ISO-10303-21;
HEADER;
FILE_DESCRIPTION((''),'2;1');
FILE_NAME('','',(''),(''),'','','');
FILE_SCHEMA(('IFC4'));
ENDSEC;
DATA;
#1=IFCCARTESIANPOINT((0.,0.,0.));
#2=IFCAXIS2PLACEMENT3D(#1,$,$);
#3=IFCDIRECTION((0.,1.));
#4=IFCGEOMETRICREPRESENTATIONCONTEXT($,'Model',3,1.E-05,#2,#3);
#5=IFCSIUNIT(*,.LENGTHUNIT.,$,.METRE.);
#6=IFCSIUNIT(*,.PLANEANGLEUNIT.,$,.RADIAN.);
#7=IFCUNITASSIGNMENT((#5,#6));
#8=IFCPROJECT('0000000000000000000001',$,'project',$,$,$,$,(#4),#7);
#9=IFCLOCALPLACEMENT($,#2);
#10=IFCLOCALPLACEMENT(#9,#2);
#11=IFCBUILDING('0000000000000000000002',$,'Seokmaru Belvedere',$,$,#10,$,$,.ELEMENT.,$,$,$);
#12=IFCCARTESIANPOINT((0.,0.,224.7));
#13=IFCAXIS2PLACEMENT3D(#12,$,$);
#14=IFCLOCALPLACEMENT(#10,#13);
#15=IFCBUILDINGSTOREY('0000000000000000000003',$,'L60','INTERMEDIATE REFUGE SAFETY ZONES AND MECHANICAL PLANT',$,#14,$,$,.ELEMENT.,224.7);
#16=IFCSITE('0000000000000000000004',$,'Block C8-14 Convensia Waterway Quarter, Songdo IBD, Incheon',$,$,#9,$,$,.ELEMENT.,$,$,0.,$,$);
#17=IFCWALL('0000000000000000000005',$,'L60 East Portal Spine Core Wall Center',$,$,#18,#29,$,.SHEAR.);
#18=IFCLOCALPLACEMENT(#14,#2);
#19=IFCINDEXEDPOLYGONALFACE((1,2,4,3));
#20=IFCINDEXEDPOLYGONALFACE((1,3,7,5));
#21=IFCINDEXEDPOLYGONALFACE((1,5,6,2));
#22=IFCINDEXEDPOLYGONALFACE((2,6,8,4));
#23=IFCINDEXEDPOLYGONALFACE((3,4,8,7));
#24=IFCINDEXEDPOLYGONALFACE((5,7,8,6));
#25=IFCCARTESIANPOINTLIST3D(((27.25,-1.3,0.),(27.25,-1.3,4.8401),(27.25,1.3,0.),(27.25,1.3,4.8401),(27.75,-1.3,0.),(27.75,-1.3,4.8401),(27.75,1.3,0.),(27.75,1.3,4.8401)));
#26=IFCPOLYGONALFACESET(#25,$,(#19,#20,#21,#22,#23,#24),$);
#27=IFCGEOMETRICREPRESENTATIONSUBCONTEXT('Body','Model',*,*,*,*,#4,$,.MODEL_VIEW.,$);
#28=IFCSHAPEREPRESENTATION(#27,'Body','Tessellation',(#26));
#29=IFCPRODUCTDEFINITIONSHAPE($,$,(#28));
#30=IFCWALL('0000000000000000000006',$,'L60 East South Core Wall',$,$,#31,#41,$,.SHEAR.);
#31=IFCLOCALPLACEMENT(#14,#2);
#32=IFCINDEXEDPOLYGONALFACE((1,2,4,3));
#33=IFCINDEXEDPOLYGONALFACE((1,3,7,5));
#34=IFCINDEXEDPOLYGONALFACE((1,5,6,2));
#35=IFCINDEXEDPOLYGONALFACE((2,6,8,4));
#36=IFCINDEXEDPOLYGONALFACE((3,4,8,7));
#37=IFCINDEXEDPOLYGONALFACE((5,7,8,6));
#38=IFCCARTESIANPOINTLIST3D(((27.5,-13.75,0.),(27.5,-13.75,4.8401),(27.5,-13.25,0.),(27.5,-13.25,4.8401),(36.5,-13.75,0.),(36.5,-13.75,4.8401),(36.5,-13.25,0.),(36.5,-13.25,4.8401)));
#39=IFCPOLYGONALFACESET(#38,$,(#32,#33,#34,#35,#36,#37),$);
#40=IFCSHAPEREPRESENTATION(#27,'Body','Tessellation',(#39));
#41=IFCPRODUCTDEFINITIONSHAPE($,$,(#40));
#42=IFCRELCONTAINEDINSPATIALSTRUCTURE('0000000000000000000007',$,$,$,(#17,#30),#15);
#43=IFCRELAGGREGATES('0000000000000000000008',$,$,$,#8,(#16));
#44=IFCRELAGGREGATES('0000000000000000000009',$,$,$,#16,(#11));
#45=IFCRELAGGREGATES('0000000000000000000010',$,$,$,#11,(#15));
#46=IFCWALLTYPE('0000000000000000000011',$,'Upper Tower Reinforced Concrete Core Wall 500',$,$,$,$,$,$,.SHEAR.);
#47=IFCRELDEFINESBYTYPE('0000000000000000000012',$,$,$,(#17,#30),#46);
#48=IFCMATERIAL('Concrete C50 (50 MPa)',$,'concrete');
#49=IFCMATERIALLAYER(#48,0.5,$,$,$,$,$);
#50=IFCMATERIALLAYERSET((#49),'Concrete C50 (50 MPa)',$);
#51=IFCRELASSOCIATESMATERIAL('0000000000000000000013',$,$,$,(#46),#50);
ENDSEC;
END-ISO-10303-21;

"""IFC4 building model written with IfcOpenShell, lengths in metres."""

from ifc_helpers import new_model, si_unit, direction, frame, frame_2d, origin, place, context, subcontext, project, spatial, rectangle, extrude, material, layer, layer_set, type_object, element, save


model = new_model("IFC4")

# Units and contexts
model_context = context("Model", 3, precision=1e-05, world=origin(), true_north=direction((0.0, 1.0)))
body_context = subcontext(model_context, "Body", "Model", "MODEL_VIEW")
ifc_project = project(units=[si_unit("LENGTHUNIT", "METRE"), si_unit("PLANEANGLEUNIT", "RADIAN")], contexts=[model_context])

# Site, building, storey
site_placement = place(None, origin())
site = spatial("IfcSite", under=ifc_project, at=site_placement, Name="Block C8-14 Convensia Waterway Quarter, Songdo IBD, Incheon", CompositionType="ELEMENT", RefElevation=0.0)
building_placement = place(site_placement, origin())
building = spatial("IfcBuilding", under=site, at=building_placement, Name="Seokmaru Belvedere", CompositionType="ELEMENT")
storey_placement = place(building_placement, frame((0.0, 0.0, 224.7)))
storey = spatial("IfcBuildingStorey", under=building, at=storey_placement, Name="L60", Description="INTERMEDIATE REFUGE SAFETY ZONES AND MECHANICAL PLANT", CompositionType="ELEMENT", Elevation=224.7)

# Shared definitions
ifc_material_1 = material(Name="Concrete C50 (50 MPa)", Category="concrete")

# Walls
ifc_layer_1 = layer(ifc_material_1, 0.5)
ifc_layer_set_1 = layer_set([ifc_layer_1], Name="Concrete C50 (50 MPa)")
wall_type_1 = type_object("IfcWallType", Name="Upper Tower Reinforced Concrete Core Wall 500", PredefinedType="SHEAR", material=ifc_layer_set_1)
wall_1_placement = place(storey_placement, frame((27.5, -1.3, 0.0), z_axis=(0.0, 0.0, 1.0), x_axis=(0.0, 1.0, 0.0)))
element("IfcWall", 1, at=wall_1_placement, inside=storey, type_object=wall_type_1, Name="L60 East Portal Spine Core Wall Center", PredefinedType="SHEAR", context=body_context, shape_type="SweptSolid", body=[
    extrude(rectangle(XDim=2.6001, YDim=0.5, at=frame_2d((1.3, 0.0))), origin(), (0.0, 0.0, 1.0), 4.8401),
])
wall_2_placement = place(storey_placement, frame((27.5, -13.5, 0.0), z_axis=(0.0, 0.0, 1.0), x_axis=(1.0, 0.0, 0.0)))
element("IfcWall", 2, at=wall_2_placement, inside=storey, type_object=wall_type_1, Name="L60 East South Core Wall", PredefinedType="SHEAR", context=body_context, shape_type="SweptSolid", body=[
    extrude(rectangle(XDim=9.0, YDim=0.5, at=frame_2d((4.5, 0.0))), origin(), (0.0, 0.0, 1.0), 4.8401),
])

save(model, "model.ifc")
